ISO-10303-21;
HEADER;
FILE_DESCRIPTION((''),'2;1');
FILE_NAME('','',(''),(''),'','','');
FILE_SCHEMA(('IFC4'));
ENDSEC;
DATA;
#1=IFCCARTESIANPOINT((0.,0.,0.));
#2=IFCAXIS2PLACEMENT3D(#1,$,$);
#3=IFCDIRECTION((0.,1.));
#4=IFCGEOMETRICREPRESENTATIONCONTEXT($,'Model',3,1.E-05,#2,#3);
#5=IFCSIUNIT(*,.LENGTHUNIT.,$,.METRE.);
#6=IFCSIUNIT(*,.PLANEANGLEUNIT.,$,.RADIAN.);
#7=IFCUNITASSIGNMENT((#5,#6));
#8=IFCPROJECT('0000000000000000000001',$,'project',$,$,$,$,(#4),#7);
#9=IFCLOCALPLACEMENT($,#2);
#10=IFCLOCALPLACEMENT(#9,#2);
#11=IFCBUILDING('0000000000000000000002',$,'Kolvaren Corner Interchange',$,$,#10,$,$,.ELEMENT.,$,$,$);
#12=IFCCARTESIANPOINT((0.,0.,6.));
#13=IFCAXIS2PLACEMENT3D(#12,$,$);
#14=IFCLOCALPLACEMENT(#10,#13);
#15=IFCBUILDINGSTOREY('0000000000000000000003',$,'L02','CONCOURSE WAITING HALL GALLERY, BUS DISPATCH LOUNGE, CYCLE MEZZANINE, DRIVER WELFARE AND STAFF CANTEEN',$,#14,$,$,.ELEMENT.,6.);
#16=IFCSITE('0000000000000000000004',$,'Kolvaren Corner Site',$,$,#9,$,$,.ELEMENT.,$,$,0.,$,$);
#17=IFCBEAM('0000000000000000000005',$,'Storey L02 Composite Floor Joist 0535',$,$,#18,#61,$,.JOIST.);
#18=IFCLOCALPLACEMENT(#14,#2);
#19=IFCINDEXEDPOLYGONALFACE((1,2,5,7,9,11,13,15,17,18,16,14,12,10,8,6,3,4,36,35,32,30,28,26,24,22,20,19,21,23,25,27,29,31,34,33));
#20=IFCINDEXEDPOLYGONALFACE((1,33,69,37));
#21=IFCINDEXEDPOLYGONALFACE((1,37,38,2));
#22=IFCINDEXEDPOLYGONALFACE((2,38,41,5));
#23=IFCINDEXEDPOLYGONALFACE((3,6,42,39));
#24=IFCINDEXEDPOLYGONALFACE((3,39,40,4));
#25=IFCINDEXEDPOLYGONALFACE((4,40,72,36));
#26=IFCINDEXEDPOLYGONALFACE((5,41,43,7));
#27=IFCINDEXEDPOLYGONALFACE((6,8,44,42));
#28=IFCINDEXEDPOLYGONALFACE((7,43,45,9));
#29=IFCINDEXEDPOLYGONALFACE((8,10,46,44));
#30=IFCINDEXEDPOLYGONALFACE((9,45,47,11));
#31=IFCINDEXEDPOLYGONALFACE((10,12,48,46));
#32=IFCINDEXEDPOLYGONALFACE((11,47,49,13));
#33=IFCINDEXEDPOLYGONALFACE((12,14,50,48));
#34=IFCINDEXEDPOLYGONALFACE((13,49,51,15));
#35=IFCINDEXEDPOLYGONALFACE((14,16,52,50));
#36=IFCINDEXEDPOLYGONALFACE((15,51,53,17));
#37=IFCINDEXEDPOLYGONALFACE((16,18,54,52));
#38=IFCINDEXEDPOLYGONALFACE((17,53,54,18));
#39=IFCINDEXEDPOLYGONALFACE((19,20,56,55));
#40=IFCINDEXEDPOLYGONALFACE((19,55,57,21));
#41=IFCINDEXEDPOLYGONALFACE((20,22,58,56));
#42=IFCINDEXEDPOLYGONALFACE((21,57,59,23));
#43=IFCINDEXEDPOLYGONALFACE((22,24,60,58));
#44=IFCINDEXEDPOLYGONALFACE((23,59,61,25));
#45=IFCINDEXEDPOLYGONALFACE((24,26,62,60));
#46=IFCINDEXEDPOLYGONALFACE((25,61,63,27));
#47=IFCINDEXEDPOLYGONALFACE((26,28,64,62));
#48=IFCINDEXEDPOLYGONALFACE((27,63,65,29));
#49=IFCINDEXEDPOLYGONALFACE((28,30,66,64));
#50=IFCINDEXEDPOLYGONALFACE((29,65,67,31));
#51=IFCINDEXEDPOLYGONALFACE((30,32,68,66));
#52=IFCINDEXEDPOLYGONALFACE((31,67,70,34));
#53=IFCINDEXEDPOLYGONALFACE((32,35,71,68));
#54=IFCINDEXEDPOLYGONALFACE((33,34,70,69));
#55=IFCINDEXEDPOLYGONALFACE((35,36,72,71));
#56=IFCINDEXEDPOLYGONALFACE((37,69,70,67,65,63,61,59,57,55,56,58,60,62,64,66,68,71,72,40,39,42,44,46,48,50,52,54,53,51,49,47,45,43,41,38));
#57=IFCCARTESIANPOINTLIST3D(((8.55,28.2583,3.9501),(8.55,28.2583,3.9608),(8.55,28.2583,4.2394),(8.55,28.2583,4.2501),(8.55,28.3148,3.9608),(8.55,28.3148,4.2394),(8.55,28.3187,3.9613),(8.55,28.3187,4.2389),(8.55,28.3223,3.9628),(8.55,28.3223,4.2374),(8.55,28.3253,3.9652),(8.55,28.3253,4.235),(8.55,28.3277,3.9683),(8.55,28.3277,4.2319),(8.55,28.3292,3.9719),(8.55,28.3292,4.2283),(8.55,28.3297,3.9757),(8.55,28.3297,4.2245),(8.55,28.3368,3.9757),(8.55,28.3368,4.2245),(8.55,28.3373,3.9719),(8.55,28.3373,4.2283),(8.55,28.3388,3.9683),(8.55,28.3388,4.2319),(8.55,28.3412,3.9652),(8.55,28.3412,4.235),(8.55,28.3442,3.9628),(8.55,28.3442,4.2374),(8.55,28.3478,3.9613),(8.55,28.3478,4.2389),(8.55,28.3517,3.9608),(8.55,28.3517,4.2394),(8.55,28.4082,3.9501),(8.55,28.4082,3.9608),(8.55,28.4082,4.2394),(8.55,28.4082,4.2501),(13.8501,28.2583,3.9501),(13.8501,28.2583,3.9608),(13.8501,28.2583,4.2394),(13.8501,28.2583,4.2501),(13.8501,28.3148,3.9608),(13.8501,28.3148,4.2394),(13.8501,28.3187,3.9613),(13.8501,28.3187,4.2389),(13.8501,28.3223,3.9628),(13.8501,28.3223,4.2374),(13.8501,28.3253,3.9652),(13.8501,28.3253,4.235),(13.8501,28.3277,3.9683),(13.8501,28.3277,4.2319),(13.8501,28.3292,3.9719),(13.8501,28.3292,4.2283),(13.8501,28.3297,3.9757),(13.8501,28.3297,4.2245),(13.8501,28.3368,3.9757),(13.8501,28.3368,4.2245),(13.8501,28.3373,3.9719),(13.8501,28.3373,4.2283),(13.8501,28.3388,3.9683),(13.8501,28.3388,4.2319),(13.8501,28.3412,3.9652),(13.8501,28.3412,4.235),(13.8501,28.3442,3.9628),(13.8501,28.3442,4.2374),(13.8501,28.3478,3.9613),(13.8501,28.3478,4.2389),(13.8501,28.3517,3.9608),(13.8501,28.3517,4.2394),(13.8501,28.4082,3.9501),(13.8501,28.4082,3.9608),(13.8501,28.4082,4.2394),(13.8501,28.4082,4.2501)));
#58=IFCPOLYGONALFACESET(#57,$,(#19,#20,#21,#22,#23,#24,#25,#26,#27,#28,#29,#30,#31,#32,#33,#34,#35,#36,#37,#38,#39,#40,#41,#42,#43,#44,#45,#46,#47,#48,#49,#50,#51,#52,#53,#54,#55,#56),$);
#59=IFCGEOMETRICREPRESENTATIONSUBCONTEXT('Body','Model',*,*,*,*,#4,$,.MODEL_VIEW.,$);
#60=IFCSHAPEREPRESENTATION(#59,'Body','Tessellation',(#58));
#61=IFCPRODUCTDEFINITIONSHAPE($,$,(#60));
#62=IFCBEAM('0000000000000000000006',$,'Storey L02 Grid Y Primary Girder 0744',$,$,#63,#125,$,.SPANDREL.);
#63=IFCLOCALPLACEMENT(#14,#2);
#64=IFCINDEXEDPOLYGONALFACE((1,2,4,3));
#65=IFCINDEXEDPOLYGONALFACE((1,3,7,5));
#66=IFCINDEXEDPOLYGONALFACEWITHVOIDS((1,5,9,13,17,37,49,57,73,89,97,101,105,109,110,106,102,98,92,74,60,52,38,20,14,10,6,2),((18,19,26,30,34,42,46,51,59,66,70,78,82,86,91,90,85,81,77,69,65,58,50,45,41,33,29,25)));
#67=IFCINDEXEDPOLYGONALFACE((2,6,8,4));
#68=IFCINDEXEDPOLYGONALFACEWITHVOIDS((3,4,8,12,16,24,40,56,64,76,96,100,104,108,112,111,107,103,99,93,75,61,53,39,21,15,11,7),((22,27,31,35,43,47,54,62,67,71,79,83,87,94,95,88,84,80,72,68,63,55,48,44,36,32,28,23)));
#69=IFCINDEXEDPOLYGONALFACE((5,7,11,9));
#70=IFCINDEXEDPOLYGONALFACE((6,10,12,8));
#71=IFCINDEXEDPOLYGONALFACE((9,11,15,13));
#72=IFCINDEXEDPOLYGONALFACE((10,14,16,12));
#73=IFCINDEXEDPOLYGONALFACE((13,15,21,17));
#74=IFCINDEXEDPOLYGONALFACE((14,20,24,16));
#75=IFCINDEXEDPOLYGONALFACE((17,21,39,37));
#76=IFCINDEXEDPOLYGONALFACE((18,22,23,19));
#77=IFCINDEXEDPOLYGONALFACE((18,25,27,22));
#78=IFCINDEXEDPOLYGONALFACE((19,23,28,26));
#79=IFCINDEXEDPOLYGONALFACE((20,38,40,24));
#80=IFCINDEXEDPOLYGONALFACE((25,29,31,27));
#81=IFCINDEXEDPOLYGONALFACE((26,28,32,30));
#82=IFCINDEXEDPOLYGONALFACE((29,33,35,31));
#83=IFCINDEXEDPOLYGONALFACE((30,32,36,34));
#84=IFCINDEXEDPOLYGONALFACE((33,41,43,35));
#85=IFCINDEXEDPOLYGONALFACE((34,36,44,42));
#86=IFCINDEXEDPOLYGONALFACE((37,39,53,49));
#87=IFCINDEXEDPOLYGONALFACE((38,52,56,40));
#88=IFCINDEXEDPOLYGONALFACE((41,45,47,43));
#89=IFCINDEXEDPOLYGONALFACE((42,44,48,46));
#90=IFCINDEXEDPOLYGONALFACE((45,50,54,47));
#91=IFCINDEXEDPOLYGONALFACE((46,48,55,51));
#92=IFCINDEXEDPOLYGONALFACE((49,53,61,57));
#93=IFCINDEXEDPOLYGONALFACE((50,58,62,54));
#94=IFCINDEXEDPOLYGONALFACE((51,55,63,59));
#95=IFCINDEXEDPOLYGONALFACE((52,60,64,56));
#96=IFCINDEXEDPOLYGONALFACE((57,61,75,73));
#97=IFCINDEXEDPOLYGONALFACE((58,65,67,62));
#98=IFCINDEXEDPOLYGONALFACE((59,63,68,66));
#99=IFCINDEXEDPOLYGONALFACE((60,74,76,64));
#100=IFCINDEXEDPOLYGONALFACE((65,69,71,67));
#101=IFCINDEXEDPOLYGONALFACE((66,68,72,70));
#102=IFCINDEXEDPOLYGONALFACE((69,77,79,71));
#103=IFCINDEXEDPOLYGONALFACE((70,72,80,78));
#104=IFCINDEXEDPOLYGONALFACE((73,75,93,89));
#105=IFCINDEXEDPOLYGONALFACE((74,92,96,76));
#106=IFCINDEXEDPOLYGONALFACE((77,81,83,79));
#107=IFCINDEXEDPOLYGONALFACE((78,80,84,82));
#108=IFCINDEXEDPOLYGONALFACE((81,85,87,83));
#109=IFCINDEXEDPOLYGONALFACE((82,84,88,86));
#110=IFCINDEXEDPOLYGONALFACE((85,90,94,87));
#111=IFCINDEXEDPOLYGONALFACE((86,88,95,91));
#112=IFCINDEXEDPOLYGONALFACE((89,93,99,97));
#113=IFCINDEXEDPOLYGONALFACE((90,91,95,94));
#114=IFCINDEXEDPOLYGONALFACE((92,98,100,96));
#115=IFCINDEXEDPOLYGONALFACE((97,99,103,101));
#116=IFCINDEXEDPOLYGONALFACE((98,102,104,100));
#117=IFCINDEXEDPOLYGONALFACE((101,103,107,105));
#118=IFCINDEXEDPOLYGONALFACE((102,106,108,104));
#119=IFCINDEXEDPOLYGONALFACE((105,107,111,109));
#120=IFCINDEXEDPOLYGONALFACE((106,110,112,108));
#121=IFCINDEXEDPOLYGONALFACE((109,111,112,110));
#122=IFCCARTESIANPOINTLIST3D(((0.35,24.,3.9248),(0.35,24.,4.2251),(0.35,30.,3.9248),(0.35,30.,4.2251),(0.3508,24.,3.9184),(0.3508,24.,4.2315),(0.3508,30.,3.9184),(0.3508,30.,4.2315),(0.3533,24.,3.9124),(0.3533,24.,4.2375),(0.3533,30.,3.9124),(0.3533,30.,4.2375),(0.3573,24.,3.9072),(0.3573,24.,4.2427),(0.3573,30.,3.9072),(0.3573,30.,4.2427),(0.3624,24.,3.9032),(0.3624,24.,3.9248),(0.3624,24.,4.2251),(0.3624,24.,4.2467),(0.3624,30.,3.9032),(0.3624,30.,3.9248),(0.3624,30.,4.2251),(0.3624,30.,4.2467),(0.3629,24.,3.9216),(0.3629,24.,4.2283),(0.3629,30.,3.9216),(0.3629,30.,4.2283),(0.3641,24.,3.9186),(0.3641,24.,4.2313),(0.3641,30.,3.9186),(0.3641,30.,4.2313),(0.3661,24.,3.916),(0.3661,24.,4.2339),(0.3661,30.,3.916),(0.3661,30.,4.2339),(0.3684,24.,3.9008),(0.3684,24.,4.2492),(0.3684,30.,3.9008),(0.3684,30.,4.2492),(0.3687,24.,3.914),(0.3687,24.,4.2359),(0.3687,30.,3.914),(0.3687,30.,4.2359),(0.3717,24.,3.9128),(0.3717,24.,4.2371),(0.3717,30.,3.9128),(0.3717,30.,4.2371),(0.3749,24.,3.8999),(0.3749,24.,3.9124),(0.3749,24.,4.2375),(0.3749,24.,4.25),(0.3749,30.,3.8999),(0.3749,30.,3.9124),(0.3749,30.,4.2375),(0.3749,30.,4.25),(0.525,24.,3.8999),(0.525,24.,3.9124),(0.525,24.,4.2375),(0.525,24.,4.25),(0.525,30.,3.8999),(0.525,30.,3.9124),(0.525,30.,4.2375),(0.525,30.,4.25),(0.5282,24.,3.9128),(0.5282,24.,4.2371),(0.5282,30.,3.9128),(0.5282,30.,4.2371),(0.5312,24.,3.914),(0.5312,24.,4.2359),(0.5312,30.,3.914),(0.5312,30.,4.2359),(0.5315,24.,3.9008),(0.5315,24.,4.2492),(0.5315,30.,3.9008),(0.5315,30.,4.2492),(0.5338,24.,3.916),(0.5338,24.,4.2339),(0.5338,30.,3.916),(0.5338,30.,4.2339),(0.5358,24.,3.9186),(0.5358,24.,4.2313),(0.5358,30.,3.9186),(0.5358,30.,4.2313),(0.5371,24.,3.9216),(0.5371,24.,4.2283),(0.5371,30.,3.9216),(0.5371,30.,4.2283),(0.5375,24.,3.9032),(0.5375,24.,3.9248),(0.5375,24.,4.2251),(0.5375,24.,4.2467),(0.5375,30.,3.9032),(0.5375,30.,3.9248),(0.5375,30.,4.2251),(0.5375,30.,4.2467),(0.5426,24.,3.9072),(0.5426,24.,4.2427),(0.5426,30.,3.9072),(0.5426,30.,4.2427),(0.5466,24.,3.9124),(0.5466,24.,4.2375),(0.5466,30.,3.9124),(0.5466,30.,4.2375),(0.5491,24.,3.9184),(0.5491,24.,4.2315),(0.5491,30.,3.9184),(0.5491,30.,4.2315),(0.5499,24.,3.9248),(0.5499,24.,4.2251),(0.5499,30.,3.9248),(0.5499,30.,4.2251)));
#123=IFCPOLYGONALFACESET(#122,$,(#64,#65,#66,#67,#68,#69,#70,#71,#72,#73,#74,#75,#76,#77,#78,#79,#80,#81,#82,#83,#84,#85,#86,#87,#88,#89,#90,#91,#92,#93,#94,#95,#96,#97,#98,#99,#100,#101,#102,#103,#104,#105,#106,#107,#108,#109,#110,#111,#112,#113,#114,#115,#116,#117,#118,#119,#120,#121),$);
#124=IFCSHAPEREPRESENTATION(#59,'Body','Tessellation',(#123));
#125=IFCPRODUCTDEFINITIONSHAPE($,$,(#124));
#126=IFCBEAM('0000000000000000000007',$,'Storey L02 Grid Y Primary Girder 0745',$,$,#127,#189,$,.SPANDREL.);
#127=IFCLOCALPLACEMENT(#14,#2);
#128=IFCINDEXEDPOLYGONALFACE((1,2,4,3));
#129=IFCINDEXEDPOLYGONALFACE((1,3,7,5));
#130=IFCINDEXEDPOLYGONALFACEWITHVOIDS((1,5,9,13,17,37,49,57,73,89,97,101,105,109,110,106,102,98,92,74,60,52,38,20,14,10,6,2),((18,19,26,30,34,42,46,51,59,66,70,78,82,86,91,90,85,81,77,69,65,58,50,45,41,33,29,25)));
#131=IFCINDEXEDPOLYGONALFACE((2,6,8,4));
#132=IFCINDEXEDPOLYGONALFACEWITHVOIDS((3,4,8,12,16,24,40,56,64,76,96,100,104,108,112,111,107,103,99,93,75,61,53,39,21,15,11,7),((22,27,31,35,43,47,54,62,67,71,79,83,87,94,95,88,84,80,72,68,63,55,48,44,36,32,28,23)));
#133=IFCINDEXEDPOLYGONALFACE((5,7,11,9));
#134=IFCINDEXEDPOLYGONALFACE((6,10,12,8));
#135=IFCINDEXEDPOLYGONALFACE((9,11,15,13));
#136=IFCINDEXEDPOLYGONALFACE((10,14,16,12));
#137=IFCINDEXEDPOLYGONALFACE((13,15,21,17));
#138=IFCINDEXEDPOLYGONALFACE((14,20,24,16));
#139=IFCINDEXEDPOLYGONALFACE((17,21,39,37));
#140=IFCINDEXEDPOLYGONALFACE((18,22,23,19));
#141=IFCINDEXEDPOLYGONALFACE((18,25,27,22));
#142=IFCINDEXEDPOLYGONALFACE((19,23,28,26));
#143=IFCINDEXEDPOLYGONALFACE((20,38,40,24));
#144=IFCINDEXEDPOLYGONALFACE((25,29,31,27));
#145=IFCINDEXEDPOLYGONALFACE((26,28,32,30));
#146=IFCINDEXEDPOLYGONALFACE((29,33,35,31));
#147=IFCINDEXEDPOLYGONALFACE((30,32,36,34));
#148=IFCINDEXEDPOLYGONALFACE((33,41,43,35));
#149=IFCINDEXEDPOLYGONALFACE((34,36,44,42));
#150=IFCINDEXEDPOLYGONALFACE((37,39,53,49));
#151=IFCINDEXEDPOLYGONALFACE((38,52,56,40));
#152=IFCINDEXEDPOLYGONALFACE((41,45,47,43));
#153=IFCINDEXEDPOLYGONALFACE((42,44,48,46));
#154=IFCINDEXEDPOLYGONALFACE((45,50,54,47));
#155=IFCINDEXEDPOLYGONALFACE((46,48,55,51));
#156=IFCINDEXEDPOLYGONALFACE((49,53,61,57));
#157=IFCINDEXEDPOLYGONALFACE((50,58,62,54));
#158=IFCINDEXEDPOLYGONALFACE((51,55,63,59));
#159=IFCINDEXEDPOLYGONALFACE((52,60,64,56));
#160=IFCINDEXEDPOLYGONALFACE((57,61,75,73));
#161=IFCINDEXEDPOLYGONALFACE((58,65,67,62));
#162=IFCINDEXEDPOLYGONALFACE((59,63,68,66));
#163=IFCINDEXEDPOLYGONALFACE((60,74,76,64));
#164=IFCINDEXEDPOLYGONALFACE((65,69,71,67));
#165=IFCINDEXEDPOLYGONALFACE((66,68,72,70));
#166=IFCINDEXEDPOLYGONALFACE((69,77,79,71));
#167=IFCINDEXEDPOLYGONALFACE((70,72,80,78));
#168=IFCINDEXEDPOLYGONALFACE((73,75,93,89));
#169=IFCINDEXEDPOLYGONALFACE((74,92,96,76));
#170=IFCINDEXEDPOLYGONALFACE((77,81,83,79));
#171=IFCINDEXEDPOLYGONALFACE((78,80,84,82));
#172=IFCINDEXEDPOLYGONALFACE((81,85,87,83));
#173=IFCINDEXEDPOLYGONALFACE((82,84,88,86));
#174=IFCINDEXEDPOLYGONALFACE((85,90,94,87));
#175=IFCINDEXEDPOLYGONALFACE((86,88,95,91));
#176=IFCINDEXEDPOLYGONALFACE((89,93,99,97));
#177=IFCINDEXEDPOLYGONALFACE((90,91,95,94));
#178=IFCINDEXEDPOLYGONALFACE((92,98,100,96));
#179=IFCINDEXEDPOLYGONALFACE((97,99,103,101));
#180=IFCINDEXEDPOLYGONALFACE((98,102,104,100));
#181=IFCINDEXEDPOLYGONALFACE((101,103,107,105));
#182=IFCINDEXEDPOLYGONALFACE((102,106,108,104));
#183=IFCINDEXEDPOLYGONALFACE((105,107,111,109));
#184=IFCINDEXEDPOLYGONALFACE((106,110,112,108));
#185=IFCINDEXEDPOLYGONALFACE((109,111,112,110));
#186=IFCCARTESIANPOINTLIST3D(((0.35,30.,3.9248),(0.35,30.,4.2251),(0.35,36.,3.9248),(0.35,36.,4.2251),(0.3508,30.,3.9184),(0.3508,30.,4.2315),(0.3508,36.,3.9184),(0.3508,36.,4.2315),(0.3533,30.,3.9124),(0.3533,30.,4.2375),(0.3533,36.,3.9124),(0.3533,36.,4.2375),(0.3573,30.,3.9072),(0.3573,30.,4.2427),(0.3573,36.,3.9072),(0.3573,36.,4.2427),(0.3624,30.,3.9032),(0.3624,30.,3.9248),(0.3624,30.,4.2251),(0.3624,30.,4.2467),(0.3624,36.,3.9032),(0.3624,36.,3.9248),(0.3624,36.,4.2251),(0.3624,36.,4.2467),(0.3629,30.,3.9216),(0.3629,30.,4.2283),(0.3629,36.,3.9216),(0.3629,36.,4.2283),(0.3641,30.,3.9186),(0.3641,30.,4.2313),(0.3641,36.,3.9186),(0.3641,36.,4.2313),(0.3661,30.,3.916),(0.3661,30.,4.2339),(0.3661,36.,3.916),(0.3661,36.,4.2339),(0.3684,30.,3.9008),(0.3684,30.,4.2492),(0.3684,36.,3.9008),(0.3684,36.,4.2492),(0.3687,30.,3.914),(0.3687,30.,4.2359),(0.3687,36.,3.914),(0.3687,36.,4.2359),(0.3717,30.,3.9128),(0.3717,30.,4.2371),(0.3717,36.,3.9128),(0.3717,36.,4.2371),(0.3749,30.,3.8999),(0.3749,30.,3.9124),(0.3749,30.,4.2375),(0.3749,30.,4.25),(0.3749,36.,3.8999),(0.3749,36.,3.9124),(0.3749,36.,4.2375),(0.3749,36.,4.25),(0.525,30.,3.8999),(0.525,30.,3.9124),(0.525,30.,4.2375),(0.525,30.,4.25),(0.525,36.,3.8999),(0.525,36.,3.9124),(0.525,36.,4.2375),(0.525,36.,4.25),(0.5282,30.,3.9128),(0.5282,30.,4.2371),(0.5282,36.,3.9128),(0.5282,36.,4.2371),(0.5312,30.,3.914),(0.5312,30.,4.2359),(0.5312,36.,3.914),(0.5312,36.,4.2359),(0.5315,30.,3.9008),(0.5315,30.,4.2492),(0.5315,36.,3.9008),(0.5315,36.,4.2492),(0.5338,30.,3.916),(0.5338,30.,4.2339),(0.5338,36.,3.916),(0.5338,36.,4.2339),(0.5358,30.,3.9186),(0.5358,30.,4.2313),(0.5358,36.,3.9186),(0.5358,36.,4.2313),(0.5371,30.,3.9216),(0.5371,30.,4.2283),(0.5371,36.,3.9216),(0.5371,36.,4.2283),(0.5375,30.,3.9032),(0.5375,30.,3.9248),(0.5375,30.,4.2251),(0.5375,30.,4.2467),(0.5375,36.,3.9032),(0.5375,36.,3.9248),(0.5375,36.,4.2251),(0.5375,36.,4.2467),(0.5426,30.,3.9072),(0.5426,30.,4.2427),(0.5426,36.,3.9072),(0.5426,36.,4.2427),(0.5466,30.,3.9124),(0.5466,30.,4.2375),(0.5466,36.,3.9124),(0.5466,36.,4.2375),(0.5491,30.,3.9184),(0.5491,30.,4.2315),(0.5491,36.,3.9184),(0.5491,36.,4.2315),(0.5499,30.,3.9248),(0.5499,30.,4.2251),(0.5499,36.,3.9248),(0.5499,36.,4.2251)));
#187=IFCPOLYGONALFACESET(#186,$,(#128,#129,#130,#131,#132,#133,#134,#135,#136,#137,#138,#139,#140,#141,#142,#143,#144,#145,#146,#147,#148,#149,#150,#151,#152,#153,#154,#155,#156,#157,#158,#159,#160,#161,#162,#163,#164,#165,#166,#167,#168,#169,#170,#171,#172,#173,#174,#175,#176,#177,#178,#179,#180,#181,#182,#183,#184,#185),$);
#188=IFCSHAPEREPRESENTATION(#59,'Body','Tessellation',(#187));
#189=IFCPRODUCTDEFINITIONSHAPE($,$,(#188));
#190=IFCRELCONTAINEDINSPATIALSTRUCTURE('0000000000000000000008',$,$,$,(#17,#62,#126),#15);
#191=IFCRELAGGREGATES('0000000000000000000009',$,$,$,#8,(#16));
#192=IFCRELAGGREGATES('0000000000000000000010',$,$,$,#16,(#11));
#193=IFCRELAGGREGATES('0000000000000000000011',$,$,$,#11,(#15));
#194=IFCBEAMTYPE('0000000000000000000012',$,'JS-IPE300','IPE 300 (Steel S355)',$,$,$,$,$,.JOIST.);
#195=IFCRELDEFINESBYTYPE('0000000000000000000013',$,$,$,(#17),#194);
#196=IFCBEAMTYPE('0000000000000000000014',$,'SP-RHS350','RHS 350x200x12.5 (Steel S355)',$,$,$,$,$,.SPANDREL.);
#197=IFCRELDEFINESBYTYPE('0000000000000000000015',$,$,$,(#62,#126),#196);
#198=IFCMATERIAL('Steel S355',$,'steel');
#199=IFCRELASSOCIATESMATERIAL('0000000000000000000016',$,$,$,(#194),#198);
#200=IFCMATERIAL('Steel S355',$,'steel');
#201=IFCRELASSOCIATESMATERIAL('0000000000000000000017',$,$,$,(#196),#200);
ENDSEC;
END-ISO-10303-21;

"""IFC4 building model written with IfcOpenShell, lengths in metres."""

from ifc_helpers import new_model, si_unit, direction, frame, origin, origin_2d, place, context, subcontext, project, spatial, hollow_rectangle, i_section, extrude, material, material_profile, profile_set, type_object, element, save


model = new_model("IFC4")

# Units and contexts
model_context = context("Model", 3, precision=1e-05, world=origin(), true_north=direction((0.0, 1.0)))
body_context = subcontext(model_context, "Body", "Model", "MODEL_VIEW")
ifc_project = project(units=[si_unit("LENGTHUNIT", "METRE"), si_unit("PLANEANGLEUNIT", "RADIAN")], contexts=[model_context])

# Site, building, storey
site_placement = place(None, origin())
site = spatial("IfcSite", under=ifc_project, at=site_placement, Name="Kolvaren Corner Site", CompositionType="ELEMENT", RefElevation=0.0)
building_placement = place(site_placement, origin())
building = spatial("IfcBuilding", under=site, at=building_placement, Name="Kolvaren Corner Interchange", CompositionType="ELEMENT")
storey_placement = place(building_placement, frame((0.0, 0.0, 6.0)))
storey = spatial("IfcBuildingStorey", under=building, at=storey_placement, Name="L02", Description="CONCOURSE WAITING HALL GALLERY, BUS DISPATCH LOUNGE, CYCLE MEZZANINE, DRIVER WELFARE AND STAFF CANTEEN", CompositionType="ELEMENT", Elevation=6.0)

# Beams
ifc_material_1 = material(Name="Steel S355", Category="steel")
ifc_material_profile_1 = material_profile(ifc_material_1, i_section(OverallWidth=0.1499, OverallDepth=0.3, WebThickness=0.0071, FlangeThickness=0.0107, FilletRadius=0.0149, at=origin_2d()), Name="IPE 300")
ifc_profile_set_1 = profile_set([ifc_material_profile_1], Name="Steel S355")
beam_type_1 = type_object("IfcBeamType", Name="JS-IPE300", Description="IPE 300 (Steel S355)", PredefinedType="JOIST", material=ifc_profile_set_1)
for number, where, z_axis, x_axis, name in (
    (1, (8.55, 28.3333, 4.1001), (1.0, 0.0, 0.0), (0.0, 1.0, 0.0), "Storey L02 Composite Floor Joist 0535"),
):
    element("IfcBeam", number, at=place(storey_placement, frame(where, z_axis=z_axis, x_axis=x_axis)), inside=storey, type_object=beam_type_1, Name=name, PredefinedType="JOIST", context=body_context, shape_type="SweptSolid", body=[
        extrude(i_section(OverallWidth=0.1499, OverallDepth=0.3, WebThickness=0.0071, FlangeThickness=0.0107, FilletRadius=0.0149, at=origin_2d()), origin(), (0.0, 0.0, 1.0), 5.3),
    ])
ifc_material_2 = material(Name="Steel S355", Category="steel")
ifc_material_profile_2 = material_profile(ifc_material_2, hollow_rectangle(XDim=0.2, YDim=0.3501, WallThickness=0.0125, InnerFilletRadius=0.0125, OuterFilletRadius=0.0249, at=origin_2d()), Name="RHS 350x200x12.5")
ifc_profile_set_2 = profile_set([ifc_material_profile_2], Name="Steel S355")
beam_type_2 = type_object("IfcBeamType", Name="SP-RHS350", Description="RHS 350x200x12.5 (Steel S355)", PredefinedType="SPANDREL", material=ifc_profile_set_2)
for number, where, z_axis, x_axis, name in (
    (2, (0.45, 24.0, 4.075), (0.0, 1.0, 0.0), (-1.0, 0.0, 0.0), "Storey L02 Grid Y Primary Girder 0744"),
    (3, (0.45, 30.0, 4.075), (0.0, 1.0, 0.0), (-1.0, 0.0, 0.0), "Storey L02 Grid Y Primary Girder 0745"),
):
    element("IfcBeam", number, at=place(storey_placement, frame(where, z_axis=z_axis, x_axis=x_axis)), inside=storey, type_object=beam_type_2, Name=name, PredefinedType="SPANDREL", context=body_context, shape_type="SweptSolid", body=[
        extrude(hollow_rectangle(XDim=0.2, YDim=0.3501, WallThickness=0.0125, InnerFilletRadius=0.0125, OuterFilletRadius=0.0249, at=origin_2d()), origin(), (0.0, 0.0, 1.0), 6.0),
    ])

save(model, "model.ifc")
